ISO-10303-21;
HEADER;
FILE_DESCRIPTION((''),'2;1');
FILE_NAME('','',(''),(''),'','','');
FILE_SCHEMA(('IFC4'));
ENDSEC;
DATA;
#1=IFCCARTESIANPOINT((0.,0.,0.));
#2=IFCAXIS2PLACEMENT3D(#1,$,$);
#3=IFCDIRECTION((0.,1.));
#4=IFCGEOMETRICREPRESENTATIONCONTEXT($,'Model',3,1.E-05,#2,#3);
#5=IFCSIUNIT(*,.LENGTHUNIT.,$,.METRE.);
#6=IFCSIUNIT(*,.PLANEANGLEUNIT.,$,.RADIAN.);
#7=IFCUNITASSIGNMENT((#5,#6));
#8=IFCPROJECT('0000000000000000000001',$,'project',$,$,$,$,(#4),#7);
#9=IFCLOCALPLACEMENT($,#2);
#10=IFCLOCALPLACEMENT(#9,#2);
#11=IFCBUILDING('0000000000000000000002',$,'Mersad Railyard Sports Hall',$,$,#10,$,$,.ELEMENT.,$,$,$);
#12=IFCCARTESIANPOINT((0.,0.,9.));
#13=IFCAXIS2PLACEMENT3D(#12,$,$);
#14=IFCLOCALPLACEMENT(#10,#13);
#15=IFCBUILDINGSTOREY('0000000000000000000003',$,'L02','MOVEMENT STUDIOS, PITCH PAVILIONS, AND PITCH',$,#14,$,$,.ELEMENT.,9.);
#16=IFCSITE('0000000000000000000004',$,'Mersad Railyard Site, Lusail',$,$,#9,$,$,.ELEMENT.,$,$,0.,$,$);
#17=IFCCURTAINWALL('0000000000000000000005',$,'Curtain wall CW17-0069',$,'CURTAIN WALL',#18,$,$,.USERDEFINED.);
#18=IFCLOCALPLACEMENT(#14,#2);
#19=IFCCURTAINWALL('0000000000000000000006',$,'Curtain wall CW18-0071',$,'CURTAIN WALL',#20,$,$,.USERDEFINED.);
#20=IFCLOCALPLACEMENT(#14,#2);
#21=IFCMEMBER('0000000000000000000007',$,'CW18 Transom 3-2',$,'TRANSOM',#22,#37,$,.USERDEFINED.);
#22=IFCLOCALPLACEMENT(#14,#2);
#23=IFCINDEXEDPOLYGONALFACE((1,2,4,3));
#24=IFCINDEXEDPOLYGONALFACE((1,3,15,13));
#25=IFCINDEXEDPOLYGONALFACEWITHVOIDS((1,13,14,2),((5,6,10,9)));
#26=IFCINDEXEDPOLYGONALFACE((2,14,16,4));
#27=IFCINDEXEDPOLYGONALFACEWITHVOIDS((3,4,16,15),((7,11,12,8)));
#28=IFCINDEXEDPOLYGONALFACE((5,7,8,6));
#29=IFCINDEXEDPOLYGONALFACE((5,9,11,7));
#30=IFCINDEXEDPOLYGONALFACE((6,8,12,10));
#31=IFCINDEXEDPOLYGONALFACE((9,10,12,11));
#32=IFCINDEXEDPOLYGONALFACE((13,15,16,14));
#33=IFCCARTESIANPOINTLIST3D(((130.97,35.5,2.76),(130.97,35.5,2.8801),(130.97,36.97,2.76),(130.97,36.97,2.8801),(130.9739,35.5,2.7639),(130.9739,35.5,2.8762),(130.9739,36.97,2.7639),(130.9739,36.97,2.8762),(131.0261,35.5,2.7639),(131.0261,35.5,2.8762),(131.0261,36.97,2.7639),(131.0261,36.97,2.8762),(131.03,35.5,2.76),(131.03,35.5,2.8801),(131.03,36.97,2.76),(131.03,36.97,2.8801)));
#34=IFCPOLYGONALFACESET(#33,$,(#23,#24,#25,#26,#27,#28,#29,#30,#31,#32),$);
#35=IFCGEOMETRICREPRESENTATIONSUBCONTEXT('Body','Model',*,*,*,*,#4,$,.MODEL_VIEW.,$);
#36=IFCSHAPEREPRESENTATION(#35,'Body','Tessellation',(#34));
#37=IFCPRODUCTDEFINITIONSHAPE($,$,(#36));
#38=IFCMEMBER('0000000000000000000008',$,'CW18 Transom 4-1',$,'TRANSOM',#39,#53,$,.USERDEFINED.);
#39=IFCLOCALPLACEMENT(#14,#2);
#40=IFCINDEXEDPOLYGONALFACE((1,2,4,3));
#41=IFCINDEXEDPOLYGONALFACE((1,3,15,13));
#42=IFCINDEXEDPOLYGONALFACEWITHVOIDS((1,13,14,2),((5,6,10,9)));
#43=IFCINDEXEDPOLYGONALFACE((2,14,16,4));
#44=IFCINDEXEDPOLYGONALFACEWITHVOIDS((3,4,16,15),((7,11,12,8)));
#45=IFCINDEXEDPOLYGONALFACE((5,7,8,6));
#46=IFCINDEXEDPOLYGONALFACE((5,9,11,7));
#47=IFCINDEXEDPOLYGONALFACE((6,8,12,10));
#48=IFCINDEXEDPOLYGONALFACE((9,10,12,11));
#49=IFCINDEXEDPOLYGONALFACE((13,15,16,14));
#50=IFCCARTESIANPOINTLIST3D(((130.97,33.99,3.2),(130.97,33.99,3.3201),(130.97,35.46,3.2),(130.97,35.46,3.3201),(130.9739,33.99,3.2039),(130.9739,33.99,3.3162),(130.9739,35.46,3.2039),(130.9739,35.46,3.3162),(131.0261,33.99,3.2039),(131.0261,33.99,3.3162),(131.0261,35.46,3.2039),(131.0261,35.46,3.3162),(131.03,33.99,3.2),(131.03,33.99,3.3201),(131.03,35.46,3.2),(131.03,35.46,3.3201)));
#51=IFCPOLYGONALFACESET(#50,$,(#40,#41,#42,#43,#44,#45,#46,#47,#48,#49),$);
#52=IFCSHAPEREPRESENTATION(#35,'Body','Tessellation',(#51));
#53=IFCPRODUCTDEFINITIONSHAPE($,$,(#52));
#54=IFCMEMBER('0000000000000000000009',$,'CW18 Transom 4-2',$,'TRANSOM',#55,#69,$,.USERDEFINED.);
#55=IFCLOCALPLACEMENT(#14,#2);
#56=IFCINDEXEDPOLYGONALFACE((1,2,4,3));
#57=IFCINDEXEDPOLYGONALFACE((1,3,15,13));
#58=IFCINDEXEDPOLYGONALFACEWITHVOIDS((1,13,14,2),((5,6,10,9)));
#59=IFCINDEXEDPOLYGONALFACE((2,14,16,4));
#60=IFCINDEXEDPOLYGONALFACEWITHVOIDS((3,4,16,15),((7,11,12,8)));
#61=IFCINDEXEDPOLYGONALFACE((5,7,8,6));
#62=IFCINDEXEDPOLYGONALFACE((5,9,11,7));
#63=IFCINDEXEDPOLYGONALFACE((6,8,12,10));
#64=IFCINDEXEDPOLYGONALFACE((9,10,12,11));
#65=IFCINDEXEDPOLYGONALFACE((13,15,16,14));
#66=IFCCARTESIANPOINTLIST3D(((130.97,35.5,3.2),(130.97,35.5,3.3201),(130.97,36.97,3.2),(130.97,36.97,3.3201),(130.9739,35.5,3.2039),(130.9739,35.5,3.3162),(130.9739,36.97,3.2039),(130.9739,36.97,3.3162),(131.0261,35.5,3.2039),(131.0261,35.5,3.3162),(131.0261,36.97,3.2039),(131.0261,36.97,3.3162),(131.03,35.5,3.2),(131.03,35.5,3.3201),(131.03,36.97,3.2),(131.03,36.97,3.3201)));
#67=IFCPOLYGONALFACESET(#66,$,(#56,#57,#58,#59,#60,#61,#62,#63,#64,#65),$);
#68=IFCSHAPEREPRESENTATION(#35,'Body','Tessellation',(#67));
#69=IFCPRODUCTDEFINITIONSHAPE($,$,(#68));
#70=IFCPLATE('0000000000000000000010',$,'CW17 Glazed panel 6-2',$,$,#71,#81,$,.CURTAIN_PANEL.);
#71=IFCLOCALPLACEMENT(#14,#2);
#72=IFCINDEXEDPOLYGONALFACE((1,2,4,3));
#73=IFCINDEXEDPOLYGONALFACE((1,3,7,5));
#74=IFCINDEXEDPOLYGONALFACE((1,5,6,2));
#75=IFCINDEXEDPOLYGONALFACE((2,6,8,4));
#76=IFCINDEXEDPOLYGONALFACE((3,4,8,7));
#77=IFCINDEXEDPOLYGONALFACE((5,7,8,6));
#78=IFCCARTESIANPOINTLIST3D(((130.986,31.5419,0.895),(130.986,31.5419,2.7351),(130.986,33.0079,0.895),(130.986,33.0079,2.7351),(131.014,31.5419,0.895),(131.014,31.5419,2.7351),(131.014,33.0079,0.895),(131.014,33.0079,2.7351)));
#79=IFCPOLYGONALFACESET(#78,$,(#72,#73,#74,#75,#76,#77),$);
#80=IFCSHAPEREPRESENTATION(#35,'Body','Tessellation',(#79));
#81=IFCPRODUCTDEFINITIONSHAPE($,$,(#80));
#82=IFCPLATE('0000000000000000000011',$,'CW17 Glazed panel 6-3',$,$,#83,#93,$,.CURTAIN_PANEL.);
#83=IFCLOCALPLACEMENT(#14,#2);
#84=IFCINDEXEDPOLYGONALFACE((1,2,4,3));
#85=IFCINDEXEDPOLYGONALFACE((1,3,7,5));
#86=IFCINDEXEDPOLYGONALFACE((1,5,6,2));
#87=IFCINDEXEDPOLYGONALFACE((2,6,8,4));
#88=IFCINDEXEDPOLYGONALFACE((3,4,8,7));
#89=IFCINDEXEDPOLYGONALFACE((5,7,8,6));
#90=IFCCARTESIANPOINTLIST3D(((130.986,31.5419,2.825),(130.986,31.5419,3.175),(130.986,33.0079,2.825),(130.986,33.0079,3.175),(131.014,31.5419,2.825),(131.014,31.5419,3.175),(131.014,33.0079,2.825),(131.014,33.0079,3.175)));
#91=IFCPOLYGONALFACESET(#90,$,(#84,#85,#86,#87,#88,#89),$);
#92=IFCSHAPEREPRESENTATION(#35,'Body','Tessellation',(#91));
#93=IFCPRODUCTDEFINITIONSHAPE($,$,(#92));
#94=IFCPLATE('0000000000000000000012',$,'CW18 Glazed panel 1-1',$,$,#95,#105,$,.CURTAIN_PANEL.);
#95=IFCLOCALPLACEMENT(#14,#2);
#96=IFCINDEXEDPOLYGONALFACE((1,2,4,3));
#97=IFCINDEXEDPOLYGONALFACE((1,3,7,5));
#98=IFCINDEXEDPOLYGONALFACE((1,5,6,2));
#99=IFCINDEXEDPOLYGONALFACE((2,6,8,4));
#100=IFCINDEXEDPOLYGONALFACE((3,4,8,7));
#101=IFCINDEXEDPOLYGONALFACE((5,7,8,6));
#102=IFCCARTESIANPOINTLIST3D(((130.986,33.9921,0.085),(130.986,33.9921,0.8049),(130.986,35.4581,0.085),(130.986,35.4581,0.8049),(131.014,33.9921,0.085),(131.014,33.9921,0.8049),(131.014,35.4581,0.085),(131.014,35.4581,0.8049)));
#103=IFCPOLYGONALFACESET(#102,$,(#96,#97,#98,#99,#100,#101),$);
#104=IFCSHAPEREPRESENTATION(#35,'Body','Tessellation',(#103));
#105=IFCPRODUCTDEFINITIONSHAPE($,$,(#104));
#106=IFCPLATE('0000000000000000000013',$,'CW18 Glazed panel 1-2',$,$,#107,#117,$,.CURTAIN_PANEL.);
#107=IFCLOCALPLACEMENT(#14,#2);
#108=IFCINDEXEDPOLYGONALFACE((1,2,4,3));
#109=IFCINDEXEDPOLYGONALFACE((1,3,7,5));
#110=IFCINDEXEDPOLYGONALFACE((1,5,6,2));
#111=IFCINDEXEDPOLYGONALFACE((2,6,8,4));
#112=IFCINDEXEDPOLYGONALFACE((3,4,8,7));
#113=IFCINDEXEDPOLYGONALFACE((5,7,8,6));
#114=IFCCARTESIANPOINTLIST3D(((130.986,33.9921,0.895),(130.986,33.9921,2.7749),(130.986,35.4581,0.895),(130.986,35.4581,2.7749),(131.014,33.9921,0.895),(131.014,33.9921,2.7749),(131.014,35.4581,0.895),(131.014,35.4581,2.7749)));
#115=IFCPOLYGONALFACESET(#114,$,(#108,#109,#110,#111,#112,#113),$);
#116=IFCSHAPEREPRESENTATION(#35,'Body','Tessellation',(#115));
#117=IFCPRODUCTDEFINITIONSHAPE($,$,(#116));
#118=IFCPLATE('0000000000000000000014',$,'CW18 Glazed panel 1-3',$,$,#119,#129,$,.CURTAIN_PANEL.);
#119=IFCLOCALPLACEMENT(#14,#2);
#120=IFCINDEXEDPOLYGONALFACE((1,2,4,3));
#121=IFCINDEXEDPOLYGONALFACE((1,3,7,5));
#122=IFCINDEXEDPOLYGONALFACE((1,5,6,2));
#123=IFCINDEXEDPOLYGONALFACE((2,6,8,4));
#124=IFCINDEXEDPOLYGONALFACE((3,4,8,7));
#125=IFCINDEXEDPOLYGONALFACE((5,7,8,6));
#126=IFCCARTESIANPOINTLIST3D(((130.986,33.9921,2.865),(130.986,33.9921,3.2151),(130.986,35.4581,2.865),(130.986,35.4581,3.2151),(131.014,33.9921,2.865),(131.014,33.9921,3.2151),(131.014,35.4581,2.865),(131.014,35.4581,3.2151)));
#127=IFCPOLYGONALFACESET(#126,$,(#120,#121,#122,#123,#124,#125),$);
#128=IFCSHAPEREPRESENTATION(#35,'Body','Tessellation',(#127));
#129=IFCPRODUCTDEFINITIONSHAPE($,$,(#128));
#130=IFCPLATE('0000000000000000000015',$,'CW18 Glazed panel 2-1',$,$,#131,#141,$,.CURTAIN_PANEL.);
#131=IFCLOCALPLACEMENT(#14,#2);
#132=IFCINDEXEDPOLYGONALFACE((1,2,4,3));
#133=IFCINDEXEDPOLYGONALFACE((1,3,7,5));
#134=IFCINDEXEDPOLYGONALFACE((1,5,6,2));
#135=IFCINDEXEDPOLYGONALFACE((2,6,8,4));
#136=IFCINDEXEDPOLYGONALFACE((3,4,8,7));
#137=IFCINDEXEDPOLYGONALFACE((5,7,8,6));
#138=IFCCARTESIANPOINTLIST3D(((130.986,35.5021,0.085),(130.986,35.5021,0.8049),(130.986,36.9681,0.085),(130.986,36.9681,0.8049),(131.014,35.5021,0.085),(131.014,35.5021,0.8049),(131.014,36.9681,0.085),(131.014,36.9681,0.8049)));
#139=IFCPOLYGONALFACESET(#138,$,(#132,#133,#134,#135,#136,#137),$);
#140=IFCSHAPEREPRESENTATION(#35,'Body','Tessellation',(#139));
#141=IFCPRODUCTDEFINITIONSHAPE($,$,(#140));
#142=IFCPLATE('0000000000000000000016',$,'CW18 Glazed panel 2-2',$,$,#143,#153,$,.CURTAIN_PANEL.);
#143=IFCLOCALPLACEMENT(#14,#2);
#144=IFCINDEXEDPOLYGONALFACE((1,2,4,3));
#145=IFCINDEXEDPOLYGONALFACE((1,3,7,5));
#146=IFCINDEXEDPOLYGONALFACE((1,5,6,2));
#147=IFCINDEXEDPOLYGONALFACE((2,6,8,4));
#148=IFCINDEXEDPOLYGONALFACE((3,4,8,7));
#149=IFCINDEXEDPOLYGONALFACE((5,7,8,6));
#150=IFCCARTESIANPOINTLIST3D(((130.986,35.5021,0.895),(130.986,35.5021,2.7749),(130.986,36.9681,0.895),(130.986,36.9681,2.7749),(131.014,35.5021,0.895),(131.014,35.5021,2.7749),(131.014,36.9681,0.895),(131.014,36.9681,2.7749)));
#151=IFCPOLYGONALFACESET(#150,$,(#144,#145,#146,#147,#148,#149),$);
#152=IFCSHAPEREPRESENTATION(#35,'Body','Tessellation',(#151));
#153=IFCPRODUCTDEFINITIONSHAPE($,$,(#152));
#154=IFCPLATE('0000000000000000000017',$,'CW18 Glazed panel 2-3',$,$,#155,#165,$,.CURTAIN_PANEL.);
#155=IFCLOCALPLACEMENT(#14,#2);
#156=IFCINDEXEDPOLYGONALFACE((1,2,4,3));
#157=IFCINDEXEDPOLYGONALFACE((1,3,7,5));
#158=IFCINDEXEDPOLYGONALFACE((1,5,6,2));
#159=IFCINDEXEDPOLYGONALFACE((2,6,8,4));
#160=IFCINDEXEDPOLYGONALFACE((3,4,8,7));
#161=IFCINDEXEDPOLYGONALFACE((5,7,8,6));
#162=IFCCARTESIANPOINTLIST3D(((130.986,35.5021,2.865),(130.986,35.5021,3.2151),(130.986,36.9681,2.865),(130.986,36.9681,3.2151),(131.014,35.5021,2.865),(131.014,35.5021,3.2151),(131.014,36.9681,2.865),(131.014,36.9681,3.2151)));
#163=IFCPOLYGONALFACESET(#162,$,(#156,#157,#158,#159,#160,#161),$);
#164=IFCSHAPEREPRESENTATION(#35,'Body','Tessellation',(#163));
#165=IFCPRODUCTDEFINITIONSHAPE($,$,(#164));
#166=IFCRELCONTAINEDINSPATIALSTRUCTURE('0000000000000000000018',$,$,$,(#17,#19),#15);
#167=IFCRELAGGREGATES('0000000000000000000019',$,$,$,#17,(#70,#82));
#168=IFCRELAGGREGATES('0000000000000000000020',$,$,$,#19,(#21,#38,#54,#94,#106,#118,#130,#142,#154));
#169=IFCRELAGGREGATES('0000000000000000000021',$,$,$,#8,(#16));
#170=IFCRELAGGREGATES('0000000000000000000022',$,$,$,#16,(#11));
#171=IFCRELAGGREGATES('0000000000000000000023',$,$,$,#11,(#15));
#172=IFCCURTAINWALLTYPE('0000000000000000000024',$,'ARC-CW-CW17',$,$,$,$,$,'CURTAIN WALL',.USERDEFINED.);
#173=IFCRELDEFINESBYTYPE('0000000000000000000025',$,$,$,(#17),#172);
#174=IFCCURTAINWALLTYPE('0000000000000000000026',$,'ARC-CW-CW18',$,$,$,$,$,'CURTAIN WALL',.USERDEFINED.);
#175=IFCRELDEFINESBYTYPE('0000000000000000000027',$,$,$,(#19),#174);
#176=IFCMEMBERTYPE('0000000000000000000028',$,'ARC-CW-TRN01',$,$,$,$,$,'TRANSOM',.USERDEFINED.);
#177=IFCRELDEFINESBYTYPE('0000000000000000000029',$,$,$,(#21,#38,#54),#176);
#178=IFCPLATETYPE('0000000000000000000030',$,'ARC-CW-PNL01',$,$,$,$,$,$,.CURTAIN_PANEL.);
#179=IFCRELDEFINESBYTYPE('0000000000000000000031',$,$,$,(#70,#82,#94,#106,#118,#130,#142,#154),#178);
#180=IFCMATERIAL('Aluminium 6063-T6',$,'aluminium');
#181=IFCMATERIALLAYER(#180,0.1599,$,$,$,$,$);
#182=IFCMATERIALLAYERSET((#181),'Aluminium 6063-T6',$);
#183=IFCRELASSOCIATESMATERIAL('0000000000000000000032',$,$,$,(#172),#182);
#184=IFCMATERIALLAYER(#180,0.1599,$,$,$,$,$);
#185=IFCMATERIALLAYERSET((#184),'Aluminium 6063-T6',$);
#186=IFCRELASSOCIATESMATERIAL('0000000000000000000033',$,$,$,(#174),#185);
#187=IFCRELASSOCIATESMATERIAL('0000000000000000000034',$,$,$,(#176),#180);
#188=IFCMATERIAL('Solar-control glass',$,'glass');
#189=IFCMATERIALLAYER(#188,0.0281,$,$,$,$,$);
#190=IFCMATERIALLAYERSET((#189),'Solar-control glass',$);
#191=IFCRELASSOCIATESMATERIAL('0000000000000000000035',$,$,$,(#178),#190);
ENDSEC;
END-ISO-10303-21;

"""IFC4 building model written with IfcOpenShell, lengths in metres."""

from ifc_helpers import new_model, si_unit, direction, frame, origin, origin_2d, place, context, subcontext, project, spatial, rectangle, hollow_rectangle, extrude, material, layer, layer_set, material_profile, profile_set, type_object, element, aggregate, save


model = new_model("IFC4")

# Units and contexts
model_context = context("Model", 3, precision=1e-05, world=origin(), true_north=direction((0.0, 1.0)))
body_context = subcontext(model_context, "Body", "Model", "MODEL_VIEW")
ifc_project = project(units=[si_unit("LENGTHUNIT", "METRE"), si_unit("PLANEANGLEUNIT", "RADIAN")], contexts=[model_context])

# Site, building, storey
site_placement = place(None, origin())
site = spatial("IfcSite", under=ifc_project, at=site_placement, Name="Mersad Railyard Site, Lusail", CompositionType="ELEMENT", RefElevation=0.0)
building_placement = place(site_placement, origin())
building = spatial("IfcBuilding", under=site, at=building_placement, Name="Mersad Railyard Sports Hall", CompositionType="ELEMENT")
storey_placement = place(building_placement, frame((0.0, 0.0, 9.0)))
storey = spatial("IfcBuildingStorey", under=building, at=storey_placement, Name="L02", Description="MOVEMENT STUDIOS, PITCH PAVILIONS, AND PITCH", CompositionType="ELEMENT", Elevation=9.0)

# Curtain wall
ifc_material_1 = material(Name="Aluminium 6063-T6", Category="aluminium")
ifc_layer_1 = layer(ifc_material_1, 0.1599)
ifc_layer_set_1 = layer_set([ifc_layer_1], Name="Aluminium 6063-T6")
curtain_wall_type_1 = type_object("IfcCurtainWallType", Name="ARC-CW-CW17", ElementType="CURTAIN WALL", PredefinedType="USERDEFINED", material=ifc_layer_set_1)
curtain_wall_1_placement = place(storey_placement, origin())
curtain_wall_1 = element("IfcCurtainWall", 1, at=curtain_wall_1_placement, inside=storey, type_object=curtain_wall_type_1, Name="Curtain wall CW17-0069", ObjectType="CURTAIN WALL", PredefinedType="USERDEFINED")

# Curtain wall, members
ifc_layer_2 = layer(ifc_material_1, 0.1599)
ifc_layer_set_2 = layer_set([ifc_layer_2], Name="Aluminium 6063-T6")
curtain_wall_type_2 = type_object("IfcCurtainWallType", Name="ARC-CW-CW18", ElementType="CURTAIN WALL", PredefinedType="USERDEFINED", material=ifc_layer_set_2)
curtain_wall_2_placement = place(storey_placement, origin())
curtain_wall_2 = element("IfcCurtainWall", 2, at=curtain_wall_2_placement, inside=storey, type_object=curtain_wall_type_2, Name="Curtain wall CW18-0071", ObjectType="CURTAIN WALL", PredefinedType="USERDEFINED")
ifc_material_profile_1 = material_profile(ifc_material_1, hollow_rectangle(XDim=0.0601, YDim=0.1201, WallThickness=0.0039, at=origin_2d()), Name="AL TRANSOM 60x120x4")
ifc_profile_set_1 = profile_set([ifc_material_profile_1], Name="Aluminium 6063-T6")
member_type_1 = type_object("IfcMemberType", Name="ARC-CW-TRN01", ElementType="TRANSOM", PredefinedType="USERDEFINED", material=ifc_profile_set_1)
member_1_placement = place(storey_placement, frame((131.0, 35.5, 2.8201), z_axis=(0.0, 1.0, 0.0), x_axis=(-1.0, 0.0, 0.0)))
member_1 = element("IfcMember", 3, at=member_1_placement, type_object=member_type_1, Name="CW18 Transom 3-2", ObjectType="TRANSOM", PredefinedType="USERDEFINED", context=body_context, shape_type="SweptSolid", body=[
    extrude(hollow_rectangle(XDim=0.0601, YDim=0.1201, WallThickness=0.0039, at=origin_2d()), origin(), (0.0, 0.0, 1.0), 1.47),
])
member_2_placement = place(storey_placement, frame((131.0, 33.99, 3.26), z_axis=(0.0, 1.0, 0.0), x_axis=(-1.0, 0.0, 0.0)))
member_2 = element("IfcMember", 4, at=member_2_placement, type_object=member_type_1, Name="CW18 Transom 4-1", ObjectType="TRANSOM", PredefinedType="USERDEFINED", context=body_context, shape_type="SweptSolid", body=[
    extrude(hollow_rectangle(XDim=0.0601, YDim=0.1201, WallThickness=0.0039, at=origin_2d()), origin(), (0.0, 0.0, 1.0), 1.47),
])
member_3_placement = place(storey_placement, frame((131.0, 35.5, 3.26), z_axis=(0.0, 1.0, 0.0), x_axis=(-1.0, 0.0, 0.0)))
member_3 = element("IfcMember", 5, at=member_3_placement, type_object=member_type_1, Name="CW18 Transom 4-2", ObjectType="TRANSOM", PredefinedType="USERDEFINED", context=body_context, shape_type="SweptSolid", body=[
    extrude(hollow_rectangle(XDim=0.0601, YDim=0.1201, WallThickness=0.0039, at=origin_2d()), origin(), (0.0, 0.0, 1.0), 1.47),
])

# Plates
ifc_material_2 = material(Name="Solar-control glass", Category="glass")
ifc_layer_3 = layer(ifc_material_2, 0.0281)
ifc_layer_set_3 = layer_set([ifc_layer_3], Name="Solar-control glass")
plate_type = type_object("IfcPlateType", Name="ARC-CW-PNL01", PredefinedType="CURTAIN_PANEL", material=ifc_layer_set_3)
plate_1_placement = place(storey_placement, frame((131.0, 32.2749, 0.895), z_axis=(0.0, 0.0, 1.0), x_axis=(0.0, 1.0, 0.0)))
plate_1 = element("IfcPlate", 6, at=plate_1_placement, type_object=plate_type, Name="CW17 Glazed panel 6-2", PredefinedType="CURTAIN_PANEL", context=body_context, shape_type="SweptSolid", body=[
    extrude(rectangle(XDim=1.4661, YDim=0.0281, at=origin_2d()), origin(), (0.0, 0.0, 1.0), 1.8401),
])
plate_2_placement = place(storey_placement, frame((131.0, 32.2749, 2.825), z_axis=(0.0, 0.0, 1.0), x_axis=(0.0, 1.0, 0.0)))
plate_2 = element("IfcPlate", 7, at=plate_2_placement, type_object=plate_type, Name="CW17 Glazed panel 6-3", PredefinedType="CURTAIN_PANEL", context=body_context, shape_type="SweptSolid", body=[
    extrude(rectangle(XDim=1.4661, YDim=0.0281, at=origin_2d()), origin(), (0.0, 0.0, 1.0), 0.3501),
])
aggregate(curtain_wall_1, [plate_1, plate_2])
plate_3_placement = place(storey_placement, frame((131.0, 34.7251, 0.085), z_axis=(0.0, 0.0, 1.0), x_axis=(0.0, 1.0, 0.0)))
plate_3 = element("IfcPlate", 8, at=plate_3_placement, type_object=plate_type, Name="CW18 Glazed panel 1-1", PredefinedType="CURTAIN_PANEL", context=body_context, shape_type="SweptSolid", body=[
    extrude(rectangle(XDim=1.4661, YDim=0.0281, at=origin_2d()), origin(), (0.0, 0.0, 1.0), 0.72),
])
plate_4_placement = place(storey_placement, frame((131.0, 34.7251, 0.895), z_axis=(0.0, 0.0, 1.0), x_axis=(0.0, 1.0, 0.0)))
plate_4 = element("IfcPlate", 9, at=plate_4_placement, type_object=plate_type, Name="CW18 Glazed panel 1-2", PredefinedType="CURTAIN_PANEL", context=body_context, shape_type="SweptSolid", body=[
    extrude(rectangle(XDim=1.4661, YDim=0.0281, at=origin_2d()), origin(), (0.0, 0.0, 1.0), 1.8799),
])
plate_5_placement = place(storey_placement, frame((131.0, 34.7251, 2.865), z_axis=(0.0, 0.0, 1.0), x_axis=(0.0, 1.0, 0.0)))
plate_5 = element("IfcPlate", 10, at=plate_5_placement, type_object=plate_type, Name="CW18 Glazed panel 1-3", PredefinedType="CURTAIN_PANEL", context=body_context, shape_type="SweptSolid", body=[
    extrude(rectangle(XDim=1.4661, YDim=0.0281, at=origin_2d()), origin(), (0.0, 0.0, 1.0), 0.3501),
])
plate_6_placement = place(storey_placement, frame((131.0, 36.2351, 0.085), z_axis=(0.0, 0.0, 1.0), x_axis=(0.0, 1.0, 0.0)))
plate_6 = element("IfcPlate", 11, at=plate_6_placement, type_object=plate_type, Name="CW18 Glazed panel 2-1", PredefinedType="CURTAIN_PANEL", context=body_context, shape_type="SweptSolid", body=[
    extrude(rectangle(XDim=1.4661, YDim=0.0281, at=origin_2d()), origin(), (0.0, 0.0, 1.0), 0.72),
])
plate_7_placement = place(storey_placement, frame((131.0, 36.2351, 0.895), z_axis=(0.0, 0.0, 1.0), x_axis=(0.0, 1.0, 0.0)))
plate_7 = element("IfcPlate", 12, at=plate_7_placement, type_object=plate_type, Name="CW18 Glazed panel 2-2", PredefinedType="CURTAIN_PANEL", context=body_context, shape_type="SweptSolid", body=[
    extrude(rectangle(XDim=1.4661, YDim=0.0281, at=origin_2d()), origin(), (0.0, 0.0, 1.0), 1.8799),
])
plate_8_placement = place(storey_placement, frame((131.0, 36.2351, 2.865), z_axis=(0.0, 0.0, 1.0), x_axis=(0.0, 1.0, 0.0)))
plate_8 = element("IfcPlate", 13, at=plate_8_placement, type_object=plate_type, Name="CW18 Glazed panel 2-3", PredefinedType="CURTAIN_PANEL", context=body_context, shape_type="SweptSolid", body=[
    extrude(rectangle(XDim=1.4661, YDim=0.0281, at=origin_2d()), origin(), (0.0, 0.0, 1.0), 0.3501),
])
aggregate(curtain_wall_2, [member_1, member_2, member_3, plate_3, plate_4, plate_5, plate_6, plate_7, plate_8])

save(model, "model.ifc")
